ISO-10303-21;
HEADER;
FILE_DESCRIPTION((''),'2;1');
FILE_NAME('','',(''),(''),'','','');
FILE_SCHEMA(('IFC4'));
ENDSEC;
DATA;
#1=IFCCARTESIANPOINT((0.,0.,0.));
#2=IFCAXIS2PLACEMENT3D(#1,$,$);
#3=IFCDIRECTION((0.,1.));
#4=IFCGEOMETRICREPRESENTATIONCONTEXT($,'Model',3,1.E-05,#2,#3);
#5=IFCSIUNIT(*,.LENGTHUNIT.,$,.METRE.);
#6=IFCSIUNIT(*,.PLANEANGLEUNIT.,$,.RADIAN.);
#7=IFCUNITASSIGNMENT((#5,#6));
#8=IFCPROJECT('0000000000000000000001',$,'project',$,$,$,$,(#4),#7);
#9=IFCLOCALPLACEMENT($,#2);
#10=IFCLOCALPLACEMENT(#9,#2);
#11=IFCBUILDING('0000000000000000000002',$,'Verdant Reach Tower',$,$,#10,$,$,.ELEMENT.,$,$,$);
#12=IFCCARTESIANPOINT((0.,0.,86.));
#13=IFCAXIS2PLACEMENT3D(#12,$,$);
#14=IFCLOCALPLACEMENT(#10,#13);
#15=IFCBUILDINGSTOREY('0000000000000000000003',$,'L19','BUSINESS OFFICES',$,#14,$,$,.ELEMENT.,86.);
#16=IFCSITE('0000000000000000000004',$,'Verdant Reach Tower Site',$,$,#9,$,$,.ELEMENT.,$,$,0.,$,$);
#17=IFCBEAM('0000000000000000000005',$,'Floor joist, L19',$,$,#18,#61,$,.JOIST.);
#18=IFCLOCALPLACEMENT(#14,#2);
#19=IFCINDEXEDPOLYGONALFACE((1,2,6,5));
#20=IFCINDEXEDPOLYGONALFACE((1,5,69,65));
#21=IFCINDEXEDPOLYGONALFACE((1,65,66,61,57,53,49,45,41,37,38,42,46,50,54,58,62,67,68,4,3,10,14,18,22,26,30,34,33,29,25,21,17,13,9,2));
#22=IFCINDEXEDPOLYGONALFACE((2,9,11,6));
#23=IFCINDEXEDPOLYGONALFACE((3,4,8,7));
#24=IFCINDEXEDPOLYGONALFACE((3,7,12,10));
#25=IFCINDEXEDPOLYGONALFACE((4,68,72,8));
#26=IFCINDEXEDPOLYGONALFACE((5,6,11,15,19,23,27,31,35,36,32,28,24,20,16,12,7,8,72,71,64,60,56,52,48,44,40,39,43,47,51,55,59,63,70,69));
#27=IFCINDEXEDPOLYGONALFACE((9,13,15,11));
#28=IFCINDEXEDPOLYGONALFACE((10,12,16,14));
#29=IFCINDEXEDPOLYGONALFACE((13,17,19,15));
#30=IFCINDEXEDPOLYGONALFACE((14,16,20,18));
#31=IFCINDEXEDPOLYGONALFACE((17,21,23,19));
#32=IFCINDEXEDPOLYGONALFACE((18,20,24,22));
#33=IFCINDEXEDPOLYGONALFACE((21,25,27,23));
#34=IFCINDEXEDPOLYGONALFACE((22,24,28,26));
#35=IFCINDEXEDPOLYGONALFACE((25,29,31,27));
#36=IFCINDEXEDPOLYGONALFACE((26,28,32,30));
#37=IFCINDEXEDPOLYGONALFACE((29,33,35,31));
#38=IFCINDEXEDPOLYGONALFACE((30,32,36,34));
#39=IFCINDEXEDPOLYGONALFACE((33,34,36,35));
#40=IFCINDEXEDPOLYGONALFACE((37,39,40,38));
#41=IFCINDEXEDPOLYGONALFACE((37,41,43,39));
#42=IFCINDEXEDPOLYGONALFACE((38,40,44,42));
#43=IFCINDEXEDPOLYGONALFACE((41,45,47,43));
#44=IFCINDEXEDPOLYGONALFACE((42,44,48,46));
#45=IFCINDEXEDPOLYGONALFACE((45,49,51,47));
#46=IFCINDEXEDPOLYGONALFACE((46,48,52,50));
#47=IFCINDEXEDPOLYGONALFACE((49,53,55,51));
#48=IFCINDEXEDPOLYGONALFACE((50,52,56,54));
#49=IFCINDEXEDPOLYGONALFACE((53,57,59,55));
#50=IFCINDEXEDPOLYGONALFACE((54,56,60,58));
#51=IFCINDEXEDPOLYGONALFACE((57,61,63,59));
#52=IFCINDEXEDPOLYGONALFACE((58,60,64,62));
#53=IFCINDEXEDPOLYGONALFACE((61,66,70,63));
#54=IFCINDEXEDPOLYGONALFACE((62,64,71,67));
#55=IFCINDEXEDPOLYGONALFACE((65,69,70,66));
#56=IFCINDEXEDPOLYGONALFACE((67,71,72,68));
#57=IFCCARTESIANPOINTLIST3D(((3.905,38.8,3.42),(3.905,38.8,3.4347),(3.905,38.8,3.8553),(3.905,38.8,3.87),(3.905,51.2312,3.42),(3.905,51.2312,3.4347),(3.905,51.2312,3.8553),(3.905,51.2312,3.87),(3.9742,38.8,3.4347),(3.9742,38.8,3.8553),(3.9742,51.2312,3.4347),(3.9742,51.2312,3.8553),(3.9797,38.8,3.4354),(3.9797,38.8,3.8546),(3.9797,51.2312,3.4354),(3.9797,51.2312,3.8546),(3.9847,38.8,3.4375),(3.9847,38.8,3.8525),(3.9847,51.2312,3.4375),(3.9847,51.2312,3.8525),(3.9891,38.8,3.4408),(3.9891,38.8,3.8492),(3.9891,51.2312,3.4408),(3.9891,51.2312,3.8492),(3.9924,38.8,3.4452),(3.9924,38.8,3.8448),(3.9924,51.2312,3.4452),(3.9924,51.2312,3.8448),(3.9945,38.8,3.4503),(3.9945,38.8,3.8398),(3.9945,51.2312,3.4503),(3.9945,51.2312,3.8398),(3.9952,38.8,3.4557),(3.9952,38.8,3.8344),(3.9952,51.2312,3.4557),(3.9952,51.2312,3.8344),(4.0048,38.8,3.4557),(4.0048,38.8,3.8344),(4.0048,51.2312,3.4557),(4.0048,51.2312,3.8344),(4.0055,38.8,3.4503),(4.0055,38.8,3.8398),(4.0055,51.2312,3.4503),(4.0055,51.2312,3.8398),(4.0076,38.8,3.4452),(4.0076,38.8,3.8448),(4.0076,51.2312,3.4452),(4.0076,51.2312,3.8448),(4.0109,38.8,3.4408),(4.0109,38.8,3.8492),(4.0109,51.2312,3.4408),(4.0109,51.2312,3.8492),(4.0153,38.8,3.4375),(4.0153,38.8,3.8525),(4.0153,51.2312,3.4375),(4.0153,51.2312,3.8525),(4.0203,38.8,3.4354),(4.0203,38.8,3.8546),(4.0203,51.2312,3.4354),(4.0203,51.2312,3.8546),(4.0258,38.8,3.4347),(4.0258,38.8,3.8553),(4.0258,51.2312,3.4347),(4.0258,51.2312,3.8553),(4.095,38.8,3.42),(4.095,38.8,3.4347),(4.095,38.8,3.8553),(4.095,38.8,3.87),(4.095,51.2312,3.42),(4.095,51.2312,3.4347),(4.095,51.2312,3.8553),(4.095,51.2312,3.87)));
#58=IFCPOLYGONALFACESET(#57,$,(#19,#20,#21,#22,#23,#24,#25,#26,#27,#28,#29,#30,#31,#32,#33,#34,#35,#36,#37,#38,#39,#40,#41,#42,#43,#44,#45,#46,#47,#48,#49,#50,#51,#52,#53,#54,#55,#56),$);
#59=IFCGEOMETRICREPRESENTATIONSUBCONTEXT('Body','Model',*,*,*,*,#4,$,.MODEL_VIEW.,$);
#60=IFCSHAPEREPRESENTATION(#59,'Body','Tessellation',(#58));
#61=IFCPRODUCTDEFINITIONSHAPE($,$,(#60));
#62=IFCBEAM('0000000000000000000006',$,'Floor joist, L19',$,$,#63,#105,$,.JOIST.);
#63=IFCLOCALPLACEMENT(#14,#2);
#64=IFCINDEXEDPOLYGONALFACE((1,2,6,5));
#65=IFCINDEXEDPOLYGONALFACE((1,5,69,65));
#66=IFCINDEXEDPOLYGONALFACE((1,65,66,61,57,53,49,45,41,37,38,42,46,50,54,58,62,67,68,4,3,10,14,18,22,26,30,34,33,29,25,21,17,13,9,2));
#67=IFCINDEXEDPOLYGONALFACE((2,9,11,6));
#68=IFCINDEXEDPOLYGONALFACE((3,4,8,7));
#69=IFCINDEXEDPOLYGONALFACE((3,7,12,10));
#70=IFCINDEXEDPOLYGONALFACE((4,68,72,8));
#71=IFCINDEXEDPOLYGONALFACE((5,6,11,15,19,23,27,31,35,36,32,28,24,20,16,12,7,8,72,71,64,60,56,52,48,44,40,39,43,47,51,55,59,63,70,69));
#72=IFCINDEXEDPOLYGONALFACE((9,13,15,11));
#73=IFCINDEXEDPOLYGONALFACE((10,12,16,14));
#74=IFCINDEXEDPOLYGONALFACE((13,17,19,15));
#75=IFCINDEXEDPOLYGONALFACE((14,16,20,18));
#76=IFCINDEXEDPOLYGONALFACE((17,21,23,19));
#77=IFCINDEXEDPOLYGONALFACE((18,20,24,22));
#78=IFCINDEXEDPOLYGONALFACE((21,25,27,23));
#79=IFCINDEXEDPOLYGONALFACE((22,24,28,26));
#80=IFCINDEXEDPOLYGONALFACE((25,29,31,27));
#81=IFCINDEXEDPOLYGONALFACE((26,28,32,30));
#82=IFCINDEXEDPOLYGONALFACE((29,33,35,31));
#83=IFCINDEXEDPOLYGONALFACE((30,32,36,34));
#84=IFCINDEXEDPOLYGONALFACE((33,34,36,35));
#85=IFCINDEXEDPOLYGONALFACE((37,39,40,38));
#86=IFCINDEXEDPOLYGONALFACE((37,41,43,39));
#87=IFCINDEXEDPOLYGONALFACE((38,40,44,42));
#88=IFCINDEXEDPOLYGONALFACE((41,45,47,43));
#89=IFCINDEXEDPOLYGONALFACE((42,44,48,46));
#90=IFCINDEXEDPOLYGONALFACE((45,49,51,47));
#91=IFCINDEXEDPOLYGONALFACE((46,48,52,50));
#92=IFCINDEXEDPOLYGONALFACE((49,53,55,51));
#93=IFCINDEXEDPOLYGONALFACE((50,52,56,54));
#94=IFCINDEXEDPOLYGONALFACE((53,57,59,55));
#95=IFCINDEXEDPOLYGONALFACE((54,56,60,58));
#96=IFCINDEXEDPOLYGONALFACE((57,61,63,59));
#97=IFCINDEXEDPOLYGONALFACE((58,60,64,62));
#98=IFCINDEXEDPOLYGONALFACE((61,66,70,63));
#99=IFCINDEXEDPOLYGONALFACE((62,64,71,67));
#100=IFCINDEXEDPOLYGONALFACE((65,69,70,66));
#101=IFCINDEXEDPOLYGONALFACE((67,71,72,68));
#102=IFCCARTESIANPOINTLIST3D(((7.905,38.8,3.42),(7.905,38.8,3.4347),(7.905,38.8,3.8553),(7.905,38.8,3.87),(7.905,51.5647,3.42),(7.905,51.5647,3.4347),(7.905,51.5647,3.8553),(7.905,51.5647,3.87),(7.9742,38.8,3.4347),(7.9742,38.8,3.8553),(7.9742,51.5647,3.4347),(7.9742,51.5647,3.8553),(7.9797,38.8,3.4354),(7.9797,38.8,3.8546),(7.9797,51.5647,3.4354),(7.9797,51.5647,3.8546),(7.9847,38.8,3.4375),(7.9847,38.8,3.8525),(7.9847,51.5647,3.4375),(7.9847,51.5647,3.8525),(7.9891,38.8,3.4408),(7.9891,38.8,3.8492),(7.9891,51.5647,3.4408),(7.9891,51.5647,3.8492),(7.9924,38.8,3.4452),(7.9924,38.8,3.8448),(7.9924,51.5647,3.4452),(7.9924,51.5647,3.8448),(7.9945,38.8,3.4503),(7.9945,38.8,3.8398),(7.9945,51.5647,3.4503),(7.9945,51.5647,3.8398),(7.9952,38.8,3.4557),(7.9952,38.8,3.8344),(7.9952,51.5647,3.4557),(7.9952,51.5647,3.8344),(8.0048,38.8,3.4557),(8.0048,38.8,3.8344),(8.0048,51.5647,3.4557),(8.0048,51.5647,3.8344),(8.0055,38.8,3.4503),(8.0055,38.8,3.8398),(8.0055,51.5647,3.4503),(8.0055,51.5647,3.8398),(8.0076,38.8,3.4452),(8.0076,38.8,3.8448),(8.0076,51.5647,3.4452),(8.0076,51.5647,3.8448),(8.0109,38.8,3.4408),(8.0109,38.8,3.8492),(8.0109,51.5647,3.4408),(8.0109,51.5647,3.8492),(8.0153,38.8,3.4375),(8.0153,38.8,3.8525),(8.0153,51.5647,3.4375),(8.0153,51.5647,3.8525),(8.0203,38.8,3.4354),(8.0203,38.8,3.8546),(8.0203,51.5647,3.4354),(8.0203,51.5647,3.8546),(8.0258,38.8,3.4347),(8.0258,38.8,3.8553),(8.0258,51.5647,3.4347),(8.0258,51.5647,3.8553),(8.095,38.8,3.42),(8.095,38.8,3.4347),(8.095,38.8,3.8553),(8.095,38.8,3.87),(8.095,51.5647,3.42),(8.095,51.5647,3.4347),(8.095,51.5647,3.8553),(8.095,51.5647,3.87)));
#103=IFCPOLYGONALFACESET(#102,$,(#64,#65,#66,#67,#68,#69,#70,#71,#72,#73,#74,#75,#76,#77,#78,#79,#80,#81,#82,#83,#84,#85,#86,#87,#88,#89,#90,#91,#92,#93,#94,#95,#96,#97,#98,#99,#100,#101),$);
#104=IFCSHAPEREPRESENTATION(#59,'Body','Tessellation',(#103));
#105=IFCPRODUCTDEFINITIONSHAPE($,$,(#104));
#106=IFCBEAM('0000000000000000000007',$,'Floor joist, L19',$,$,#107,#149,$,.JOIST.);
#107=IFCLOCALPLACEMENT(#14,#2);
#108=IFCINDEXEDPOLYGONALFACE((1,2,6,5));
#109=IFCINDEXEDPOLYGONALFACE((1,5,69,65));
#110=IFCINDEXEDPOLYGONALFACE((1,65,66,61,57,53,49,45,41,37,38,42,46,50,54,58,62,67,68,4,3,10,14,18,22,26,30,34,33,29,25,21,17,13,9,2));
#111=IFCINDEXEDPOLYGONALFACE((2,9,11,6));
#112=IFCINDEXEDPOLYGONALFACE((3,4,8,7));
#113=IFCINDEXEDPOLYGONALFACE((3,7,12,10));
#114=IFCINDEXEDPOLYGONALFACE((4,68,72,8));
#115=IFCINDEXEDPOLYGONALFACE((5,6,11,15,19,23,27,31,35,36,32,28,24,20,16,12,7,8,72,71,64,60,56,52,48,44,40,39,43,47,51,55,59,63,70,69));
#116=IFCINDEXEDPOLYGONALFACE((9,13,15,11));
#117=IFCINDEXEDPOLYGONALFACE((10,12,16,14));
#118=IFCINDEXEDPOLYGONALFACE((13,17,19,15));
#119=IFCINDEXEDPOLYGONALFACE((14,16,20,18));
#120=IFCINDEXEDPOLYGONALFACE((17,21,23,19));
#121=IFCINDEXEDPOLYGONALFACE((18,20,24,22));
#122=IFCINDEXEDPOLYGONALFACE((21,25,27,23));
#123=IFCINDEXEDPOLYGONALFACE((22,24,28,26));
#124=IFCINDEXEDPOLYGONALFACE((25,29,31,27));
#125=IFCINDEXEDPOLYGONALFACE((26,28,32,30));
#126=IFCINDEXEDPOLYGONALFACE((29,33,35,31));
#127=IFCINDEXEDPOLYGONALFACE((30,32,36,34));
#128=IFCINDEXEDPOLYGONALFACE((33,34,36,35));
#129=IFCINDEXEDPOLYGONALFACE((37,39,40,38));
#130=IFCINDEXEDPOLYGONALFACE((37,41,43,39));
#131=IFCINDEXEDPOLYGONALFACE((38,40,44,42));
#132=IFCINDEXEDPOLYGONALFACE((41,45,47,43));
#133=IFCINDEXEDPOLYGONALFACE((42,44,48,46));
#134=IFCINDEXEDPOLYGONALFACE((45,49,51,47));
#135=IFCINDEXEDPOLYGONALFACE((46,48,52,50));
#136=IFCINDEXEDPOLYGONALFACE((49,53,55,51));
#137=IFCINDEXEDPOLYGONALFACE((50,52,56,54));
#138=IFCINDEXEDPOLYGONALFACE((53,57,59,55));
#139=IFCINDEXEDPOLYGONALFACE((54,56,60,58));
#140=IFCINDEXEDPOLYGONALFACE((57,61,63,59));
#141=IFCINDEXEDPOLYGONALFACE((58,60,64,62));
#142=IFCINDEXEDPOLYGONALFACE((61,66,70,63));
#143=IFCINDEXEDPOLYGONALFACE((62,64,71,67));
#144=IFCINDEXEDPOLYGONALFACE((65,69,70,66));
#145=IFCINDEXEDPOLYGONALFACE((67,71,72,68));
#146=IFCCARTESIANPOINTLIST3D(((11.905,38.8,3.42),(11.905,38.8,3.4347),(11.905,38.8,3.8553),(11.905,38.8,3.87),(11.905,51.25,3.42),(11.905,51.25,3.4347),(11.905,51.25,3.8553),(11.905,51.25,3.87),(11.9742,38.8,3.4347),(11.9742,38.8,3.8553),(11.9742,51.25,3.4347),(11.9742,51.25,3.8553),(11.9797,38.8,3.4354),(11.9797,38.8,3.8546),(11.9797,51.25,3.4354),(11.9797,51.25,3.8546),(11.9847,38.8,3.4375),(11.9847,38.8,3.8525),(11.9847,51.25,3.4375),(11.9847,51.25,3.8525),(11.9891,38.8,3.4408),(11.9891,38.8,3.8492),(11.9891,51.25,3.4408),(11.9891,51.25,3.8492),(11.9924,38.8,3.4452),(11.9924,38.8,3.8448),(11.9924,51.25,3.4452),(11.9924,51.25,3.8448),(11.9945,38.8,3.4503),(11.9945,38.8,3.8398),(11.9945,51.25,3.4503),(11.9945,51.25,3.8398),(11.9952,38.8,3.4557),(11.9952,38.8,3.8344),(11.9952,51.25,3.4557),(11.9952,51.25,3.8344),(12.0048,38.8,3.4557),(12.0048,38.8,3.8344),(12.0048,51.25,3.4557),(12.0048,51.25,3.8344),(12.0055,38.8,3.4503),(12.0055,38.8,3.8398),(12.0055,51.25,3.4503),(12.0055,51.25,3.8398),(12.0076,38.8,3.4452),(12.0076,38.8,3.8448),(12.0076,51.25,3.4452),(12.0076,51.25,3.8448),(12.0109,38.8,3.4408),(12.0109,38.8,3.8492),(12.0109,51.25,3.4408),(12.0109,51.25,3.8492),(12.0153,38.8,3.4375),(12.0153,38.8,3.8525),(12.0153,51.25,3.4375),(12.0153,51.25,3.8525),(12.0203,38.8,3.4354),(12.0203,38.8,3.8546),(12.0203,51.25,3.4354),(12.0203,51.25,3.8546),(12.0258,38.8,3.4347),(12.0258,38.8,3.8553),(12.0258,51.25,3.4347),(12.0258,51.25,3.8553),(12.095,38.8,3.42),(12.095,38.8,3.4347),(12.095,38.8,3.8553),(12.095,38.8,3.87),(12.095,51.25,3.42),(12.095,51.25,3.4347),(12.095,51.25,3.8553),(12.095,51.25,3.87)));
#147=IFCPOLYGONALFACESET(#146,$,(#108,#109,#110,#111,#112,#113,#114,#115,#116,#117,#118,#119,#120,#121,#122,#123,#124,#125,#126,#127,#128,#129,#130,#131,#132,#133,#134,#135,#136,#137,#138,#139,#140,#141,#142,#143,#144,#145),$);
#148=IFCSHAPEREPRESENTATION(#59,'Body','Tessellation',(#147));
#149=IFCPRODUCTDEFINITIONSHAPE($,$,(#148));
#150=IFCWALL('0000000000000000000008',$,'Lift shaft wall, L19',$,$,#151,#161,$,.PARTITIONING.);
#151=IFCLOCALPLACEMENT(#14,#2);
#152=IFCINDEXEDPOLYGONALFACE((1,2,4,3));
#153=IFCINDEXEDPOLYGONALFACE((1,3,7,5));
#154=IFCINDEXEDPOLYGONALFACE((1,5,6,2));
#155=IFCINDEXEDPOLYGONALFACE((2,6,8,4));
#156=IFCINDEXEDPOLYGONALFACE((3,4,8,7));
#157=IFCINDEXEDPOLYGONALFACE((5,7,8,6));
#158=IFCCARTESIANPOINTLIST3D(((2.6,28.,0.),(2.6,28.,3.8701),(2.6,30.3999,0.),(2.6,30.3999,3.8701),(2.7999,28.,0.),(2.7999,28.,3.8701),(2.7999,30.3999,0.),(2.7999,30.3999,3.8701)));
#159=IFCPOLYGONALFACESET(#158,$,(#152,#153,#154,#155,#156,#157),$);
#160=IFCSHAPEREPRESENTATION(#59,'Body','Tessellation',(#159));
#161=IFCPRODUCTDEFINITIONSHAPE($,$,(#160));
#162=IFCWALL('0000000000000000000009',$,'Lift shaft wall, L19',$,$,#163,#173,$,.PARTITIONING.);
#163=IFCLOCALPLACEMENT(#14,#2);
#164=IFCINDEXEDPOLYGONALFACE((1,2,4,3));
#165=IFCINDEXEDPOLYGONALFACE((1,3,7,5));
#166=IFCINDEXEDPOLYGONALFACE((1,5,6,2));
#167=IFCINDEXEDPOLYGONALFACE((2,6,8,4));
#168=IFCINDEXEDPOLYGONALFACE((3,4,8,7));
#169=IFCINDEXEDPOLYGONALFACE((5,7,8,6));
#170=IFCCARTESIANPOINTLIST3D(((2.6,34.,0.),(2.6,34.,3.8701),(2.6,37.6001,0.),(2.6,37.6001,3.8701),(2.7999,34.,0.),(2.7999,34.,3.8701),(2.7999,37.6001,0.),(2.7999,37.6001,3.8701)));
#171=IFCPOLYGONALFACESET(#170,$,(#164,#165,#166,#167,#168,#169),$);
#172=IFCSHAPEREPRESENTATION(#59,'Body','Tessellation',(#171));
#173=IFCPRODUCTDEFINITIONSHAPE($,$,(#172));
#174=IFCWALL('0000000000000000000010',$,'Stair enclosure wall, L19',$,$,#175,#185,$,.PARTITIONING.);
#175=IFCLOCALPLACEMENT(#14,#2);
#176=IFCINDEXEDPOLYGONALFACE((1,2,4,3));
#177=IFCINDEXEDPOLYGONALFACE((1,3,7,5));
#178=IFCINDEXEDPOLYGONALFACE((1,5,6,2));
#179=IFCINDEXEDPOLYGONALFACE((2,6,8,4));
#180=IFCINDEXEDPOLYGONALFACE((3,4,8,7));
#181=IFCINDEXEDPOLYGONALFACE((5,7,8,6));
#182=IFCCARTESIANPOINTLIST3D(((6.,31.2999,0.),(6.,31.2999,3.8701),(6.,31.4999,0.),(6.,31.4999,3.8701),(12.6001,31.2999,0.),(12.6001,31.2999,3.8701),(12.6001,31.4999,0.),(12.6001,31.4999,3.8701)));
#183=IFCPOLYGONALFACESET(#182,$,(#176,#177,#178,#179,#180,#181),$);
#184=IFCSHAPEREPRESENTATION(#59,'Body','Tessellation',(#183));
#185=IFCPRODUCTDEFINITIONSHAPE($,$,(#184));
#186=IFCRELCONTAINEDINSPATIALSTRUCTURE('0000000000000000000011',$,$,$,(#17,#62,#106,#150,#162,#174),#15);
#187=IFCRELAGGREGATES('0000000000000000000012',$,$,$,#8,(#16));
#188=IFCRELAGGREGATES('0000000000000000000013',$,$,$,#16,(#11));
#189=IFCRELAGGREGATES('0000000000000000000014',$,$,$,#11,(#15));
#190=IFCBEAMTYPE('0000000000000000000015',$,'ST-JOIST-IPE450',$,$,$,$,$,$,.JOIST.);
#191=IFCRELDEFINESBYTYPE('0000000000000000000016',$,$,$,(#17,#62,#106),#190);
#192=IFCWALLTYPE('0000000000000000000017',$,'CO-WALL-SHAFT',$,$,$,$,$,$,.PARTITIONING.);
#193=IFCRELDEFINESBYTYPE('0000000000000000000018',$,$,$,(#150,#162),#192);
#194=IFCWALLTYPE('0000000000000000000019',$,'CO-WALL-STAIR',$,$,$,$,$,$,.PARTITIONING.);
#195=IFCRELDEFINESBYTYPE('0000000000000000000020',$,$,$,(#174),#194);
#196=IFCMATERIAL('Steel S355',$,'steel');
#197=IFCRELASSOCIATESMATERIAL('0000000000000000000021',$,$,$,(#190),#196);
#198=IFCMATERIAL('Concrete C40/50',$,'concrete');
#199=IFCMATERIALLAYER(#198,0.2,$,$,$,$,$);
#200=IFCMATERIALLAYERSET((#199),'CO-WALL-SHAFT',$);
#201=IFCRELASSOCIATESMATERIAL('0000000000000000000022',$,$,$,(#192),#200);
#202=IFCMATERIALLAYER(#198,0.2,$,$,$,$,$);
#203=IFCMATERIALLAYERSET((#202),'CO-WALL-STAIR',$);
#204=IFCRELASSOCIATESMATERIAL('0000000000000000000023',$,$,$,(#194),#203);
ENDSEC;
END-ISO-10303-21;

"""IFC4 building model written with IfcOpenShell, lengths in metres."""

from ifc_helpers import new_model, si_unit, direction, frame, frame_2d, origin, origin_2d, place, context, subcontext, project, spatial, rectangle, i_section, extrude, material, layer, layer_set, material_profile, profile_set, type_object, element, save


model = new_model("IFC4")

# Units and contexts
model_context = context("Model", 3, precision=1e-05, world=origin(), true_north=direction((0.0, 1.0)))
body_context = subcontext(model_context, "Body", "Model", "MODEL_VIEW")
ifc_project = project(units=[si_unit("LENGTHUNIT", "METRE"), si_unit("PLANEANGLEUNIT", "RADIAN")], contexts=[model_context])

# Site, building, storey
site_placement = place(None, origin())
site = spatial("IfcSite", under=ifc_project, at=site_placement, Name="Verdant Reach Tower Site", CompositionType="ELEMENT", RefElevation=0.0)
building_placement = place(site_placement, origin())
building = spatial("IfcBuilding", under=site, at=building_placement, Name="Verdant Reach Tower", CompositionType="ELEMENT")
storey_placement = place(building_placement, frame((0.0, 0.0, 86.0)))
storey = spatial("IfcBuildingStorey", under=building, at=storey_placement, Name="L19", Description="BUSINESS OFFICES", CompositionType="ELEMENT", Elevation=86.0)

# Beams
ifc_material_1 = material(Name="Steel S355", Category="steel")
ifc_material_profile_1 = material_profile(ifc_material_1, i_section(OverallWidth=0.1899, OverallDepth=0.45, WebThickness=0.0095, FlangeThickness=0.0146, FilletRadius=0.021, at=origin_2d()), Name="IPE 450")
ifc_profile_set_1 = profile_set([ifc_material_profile_1], Name="Steel S355")
beam_type_1 = type_object("IfcBeamType", Name="ST-JOIST-IPE450", PredefinedType="JOIST", material=ifc_profile_set_1)
beam_1_placement = place(storey_placement, frame((4.0, 38.8, 3.645), z_axis=(0.0, 1.0, 0.0), x_axis=(-1.0, 0.0, 0.0)))
element("IfcBeam", 1, at=beam_1_placement, inside=storey, type_object=beam_type_1, Name="Floor joist, L19", PredefinedType="JOIST", context=body_context, shape_type="SweptSolid", body=[
    extrude(i_section(OverallWidth=0.1899, OverallDepth=0.45, WebThickness=0.0095, FlangeThickness=0.0146, FilletRadius=0.021, at=origin_2d()), origin(), (0.0, 0.0, 1.0), 12.4312),
])
beam_2_placement = place(storey_placement, frame((8.0, 38.8, 3.645), z_axis=(0.0, 1.0, 0.0), x_axis=(-1.0, 0.0, 0.0)))
element("IfcBeam", 2, at=beam_2_placement, inside=storey, type_object=beam_type_1, Name="Floor joist, L19", PredefinedType="JOIST", context=body_context, shape_type="SweptSolid", body=[
    extrude(i_section(OverallWidth=0.1899, OverallDepth=0.45, WebThickness=0.0095, FlangeThickness=0.0146, FilletRadius=0.021, at=origin_2d()), origin(), (0.0, 0.0, 1.0), 12.7646),
])
beam_3_placement = place(storey_placement, frame((12.0, 38.8, 3.645), z_axis=(0.0, 1.0, 0.0), x_axis=(-1.0, 0.0, 0.0)))
element("IfcBeam", 3, at=beam_3_placement, inside=storey, type_object=beam_type_1, Name="Floor joist, L19", PredefinedType="JOIST", context=body_context, shape_type="SweptSolid", body=[
    extrude(i_section(OverallWidth=0.1899, OverallDepth=0.45, WebThickness=0.0095, FlangeThickness=0.0146, FilletRadius=0.021, at=origin_2d()), origin(), (0.0, 0.0, 1.0), 12.45),
])

# Walls
ifc_material_2 = material(Name="Concrete C40/50", Category="concrete")
ifc_layer_1 = layer(ifc_material_2, 0.2)
ifc_layer_set_1 = layer_set([ifc_layer_1], Name="CO-WALL-SHAFT")
wall_type_1 = type_object("IfcWallType", Name="CO-WALL-SHAFT", PredefinedType="PARTITIONING", material=ifc_layer_set_1)
wall_1_placement = place(storey_placement, frame((2.7, 28.0, 0.0), z_axis=(0.0, 0.0, 1.0), x_axis=(0.0, 1.0, 0.0)))
element("IfcWall", 4, at=wall_1_placement, inside=storey, type_object=wall_type_1, Name="Lift shaft wall, L19", PredefinedType="PARTITIONING", context=body_context, shape_type="SweptSolid", body=[
    extrude(rectangle(XDim=2.3999, YDim=0.2, at=frame_2d((1.2, 0.0))), origin(), (0.0, 0.0, 1.0), 3.8701),
])
wall_2_placement = place(storey_placement, frame((2.7, 34.0, 0.0), z_axis=(0.0, 0.0, 1.0), x_axis=(0.0, 1.0, 0.0)))
element("IfcWall", 5, at=wall_2_placement, inside=storey, type_object=wall_type_1, Name="Lift shaft wall, L19", PredefinedType="PARTITIONING", context=body_context, shape_type="SweptSolid", body=[
    extrude(rectangle(XDim=3.6001, YDim=0.2, at=frame_2d((1.8, 0.0))), origin(), (0.0, 0.0, 1.0), 3.8701),
])
ifc_layer_2 = layer(ifc_material_2, 0.2)
ifc_layer_set_2 = layer_set([ifc_layer_2], Name="CO-WALL-STAIR")
wall_type_2 = type_object("IfcWallType", Name="CO-WALL-STAIR", PredefinedType="PARTITIONING", material=ifc_layer_set_2)
wall_3_placement = place(storey_placement, frame((6.0, 31.3999, 0.0), z_axis=(0.0, 0.0, 1.0), x_axis=(1.0, 0.0, 0.0)))
element("IfcWall", 6, at=wall_3_placement, inside=storey, type_object=wall_type_2, Name="Stair enclosure wall, L19", PredefinedType="PARTITIONING", context=body_context, shape_type="SweptSolid", body=[
    extrude(rectangle(XDim=6.6001, YDim=0.2, at=frame_2d((3.3, 0.0))), origin(), (0.0, 0.0, 1.0), 3.8701),
])

save(model, "model.ifc")
